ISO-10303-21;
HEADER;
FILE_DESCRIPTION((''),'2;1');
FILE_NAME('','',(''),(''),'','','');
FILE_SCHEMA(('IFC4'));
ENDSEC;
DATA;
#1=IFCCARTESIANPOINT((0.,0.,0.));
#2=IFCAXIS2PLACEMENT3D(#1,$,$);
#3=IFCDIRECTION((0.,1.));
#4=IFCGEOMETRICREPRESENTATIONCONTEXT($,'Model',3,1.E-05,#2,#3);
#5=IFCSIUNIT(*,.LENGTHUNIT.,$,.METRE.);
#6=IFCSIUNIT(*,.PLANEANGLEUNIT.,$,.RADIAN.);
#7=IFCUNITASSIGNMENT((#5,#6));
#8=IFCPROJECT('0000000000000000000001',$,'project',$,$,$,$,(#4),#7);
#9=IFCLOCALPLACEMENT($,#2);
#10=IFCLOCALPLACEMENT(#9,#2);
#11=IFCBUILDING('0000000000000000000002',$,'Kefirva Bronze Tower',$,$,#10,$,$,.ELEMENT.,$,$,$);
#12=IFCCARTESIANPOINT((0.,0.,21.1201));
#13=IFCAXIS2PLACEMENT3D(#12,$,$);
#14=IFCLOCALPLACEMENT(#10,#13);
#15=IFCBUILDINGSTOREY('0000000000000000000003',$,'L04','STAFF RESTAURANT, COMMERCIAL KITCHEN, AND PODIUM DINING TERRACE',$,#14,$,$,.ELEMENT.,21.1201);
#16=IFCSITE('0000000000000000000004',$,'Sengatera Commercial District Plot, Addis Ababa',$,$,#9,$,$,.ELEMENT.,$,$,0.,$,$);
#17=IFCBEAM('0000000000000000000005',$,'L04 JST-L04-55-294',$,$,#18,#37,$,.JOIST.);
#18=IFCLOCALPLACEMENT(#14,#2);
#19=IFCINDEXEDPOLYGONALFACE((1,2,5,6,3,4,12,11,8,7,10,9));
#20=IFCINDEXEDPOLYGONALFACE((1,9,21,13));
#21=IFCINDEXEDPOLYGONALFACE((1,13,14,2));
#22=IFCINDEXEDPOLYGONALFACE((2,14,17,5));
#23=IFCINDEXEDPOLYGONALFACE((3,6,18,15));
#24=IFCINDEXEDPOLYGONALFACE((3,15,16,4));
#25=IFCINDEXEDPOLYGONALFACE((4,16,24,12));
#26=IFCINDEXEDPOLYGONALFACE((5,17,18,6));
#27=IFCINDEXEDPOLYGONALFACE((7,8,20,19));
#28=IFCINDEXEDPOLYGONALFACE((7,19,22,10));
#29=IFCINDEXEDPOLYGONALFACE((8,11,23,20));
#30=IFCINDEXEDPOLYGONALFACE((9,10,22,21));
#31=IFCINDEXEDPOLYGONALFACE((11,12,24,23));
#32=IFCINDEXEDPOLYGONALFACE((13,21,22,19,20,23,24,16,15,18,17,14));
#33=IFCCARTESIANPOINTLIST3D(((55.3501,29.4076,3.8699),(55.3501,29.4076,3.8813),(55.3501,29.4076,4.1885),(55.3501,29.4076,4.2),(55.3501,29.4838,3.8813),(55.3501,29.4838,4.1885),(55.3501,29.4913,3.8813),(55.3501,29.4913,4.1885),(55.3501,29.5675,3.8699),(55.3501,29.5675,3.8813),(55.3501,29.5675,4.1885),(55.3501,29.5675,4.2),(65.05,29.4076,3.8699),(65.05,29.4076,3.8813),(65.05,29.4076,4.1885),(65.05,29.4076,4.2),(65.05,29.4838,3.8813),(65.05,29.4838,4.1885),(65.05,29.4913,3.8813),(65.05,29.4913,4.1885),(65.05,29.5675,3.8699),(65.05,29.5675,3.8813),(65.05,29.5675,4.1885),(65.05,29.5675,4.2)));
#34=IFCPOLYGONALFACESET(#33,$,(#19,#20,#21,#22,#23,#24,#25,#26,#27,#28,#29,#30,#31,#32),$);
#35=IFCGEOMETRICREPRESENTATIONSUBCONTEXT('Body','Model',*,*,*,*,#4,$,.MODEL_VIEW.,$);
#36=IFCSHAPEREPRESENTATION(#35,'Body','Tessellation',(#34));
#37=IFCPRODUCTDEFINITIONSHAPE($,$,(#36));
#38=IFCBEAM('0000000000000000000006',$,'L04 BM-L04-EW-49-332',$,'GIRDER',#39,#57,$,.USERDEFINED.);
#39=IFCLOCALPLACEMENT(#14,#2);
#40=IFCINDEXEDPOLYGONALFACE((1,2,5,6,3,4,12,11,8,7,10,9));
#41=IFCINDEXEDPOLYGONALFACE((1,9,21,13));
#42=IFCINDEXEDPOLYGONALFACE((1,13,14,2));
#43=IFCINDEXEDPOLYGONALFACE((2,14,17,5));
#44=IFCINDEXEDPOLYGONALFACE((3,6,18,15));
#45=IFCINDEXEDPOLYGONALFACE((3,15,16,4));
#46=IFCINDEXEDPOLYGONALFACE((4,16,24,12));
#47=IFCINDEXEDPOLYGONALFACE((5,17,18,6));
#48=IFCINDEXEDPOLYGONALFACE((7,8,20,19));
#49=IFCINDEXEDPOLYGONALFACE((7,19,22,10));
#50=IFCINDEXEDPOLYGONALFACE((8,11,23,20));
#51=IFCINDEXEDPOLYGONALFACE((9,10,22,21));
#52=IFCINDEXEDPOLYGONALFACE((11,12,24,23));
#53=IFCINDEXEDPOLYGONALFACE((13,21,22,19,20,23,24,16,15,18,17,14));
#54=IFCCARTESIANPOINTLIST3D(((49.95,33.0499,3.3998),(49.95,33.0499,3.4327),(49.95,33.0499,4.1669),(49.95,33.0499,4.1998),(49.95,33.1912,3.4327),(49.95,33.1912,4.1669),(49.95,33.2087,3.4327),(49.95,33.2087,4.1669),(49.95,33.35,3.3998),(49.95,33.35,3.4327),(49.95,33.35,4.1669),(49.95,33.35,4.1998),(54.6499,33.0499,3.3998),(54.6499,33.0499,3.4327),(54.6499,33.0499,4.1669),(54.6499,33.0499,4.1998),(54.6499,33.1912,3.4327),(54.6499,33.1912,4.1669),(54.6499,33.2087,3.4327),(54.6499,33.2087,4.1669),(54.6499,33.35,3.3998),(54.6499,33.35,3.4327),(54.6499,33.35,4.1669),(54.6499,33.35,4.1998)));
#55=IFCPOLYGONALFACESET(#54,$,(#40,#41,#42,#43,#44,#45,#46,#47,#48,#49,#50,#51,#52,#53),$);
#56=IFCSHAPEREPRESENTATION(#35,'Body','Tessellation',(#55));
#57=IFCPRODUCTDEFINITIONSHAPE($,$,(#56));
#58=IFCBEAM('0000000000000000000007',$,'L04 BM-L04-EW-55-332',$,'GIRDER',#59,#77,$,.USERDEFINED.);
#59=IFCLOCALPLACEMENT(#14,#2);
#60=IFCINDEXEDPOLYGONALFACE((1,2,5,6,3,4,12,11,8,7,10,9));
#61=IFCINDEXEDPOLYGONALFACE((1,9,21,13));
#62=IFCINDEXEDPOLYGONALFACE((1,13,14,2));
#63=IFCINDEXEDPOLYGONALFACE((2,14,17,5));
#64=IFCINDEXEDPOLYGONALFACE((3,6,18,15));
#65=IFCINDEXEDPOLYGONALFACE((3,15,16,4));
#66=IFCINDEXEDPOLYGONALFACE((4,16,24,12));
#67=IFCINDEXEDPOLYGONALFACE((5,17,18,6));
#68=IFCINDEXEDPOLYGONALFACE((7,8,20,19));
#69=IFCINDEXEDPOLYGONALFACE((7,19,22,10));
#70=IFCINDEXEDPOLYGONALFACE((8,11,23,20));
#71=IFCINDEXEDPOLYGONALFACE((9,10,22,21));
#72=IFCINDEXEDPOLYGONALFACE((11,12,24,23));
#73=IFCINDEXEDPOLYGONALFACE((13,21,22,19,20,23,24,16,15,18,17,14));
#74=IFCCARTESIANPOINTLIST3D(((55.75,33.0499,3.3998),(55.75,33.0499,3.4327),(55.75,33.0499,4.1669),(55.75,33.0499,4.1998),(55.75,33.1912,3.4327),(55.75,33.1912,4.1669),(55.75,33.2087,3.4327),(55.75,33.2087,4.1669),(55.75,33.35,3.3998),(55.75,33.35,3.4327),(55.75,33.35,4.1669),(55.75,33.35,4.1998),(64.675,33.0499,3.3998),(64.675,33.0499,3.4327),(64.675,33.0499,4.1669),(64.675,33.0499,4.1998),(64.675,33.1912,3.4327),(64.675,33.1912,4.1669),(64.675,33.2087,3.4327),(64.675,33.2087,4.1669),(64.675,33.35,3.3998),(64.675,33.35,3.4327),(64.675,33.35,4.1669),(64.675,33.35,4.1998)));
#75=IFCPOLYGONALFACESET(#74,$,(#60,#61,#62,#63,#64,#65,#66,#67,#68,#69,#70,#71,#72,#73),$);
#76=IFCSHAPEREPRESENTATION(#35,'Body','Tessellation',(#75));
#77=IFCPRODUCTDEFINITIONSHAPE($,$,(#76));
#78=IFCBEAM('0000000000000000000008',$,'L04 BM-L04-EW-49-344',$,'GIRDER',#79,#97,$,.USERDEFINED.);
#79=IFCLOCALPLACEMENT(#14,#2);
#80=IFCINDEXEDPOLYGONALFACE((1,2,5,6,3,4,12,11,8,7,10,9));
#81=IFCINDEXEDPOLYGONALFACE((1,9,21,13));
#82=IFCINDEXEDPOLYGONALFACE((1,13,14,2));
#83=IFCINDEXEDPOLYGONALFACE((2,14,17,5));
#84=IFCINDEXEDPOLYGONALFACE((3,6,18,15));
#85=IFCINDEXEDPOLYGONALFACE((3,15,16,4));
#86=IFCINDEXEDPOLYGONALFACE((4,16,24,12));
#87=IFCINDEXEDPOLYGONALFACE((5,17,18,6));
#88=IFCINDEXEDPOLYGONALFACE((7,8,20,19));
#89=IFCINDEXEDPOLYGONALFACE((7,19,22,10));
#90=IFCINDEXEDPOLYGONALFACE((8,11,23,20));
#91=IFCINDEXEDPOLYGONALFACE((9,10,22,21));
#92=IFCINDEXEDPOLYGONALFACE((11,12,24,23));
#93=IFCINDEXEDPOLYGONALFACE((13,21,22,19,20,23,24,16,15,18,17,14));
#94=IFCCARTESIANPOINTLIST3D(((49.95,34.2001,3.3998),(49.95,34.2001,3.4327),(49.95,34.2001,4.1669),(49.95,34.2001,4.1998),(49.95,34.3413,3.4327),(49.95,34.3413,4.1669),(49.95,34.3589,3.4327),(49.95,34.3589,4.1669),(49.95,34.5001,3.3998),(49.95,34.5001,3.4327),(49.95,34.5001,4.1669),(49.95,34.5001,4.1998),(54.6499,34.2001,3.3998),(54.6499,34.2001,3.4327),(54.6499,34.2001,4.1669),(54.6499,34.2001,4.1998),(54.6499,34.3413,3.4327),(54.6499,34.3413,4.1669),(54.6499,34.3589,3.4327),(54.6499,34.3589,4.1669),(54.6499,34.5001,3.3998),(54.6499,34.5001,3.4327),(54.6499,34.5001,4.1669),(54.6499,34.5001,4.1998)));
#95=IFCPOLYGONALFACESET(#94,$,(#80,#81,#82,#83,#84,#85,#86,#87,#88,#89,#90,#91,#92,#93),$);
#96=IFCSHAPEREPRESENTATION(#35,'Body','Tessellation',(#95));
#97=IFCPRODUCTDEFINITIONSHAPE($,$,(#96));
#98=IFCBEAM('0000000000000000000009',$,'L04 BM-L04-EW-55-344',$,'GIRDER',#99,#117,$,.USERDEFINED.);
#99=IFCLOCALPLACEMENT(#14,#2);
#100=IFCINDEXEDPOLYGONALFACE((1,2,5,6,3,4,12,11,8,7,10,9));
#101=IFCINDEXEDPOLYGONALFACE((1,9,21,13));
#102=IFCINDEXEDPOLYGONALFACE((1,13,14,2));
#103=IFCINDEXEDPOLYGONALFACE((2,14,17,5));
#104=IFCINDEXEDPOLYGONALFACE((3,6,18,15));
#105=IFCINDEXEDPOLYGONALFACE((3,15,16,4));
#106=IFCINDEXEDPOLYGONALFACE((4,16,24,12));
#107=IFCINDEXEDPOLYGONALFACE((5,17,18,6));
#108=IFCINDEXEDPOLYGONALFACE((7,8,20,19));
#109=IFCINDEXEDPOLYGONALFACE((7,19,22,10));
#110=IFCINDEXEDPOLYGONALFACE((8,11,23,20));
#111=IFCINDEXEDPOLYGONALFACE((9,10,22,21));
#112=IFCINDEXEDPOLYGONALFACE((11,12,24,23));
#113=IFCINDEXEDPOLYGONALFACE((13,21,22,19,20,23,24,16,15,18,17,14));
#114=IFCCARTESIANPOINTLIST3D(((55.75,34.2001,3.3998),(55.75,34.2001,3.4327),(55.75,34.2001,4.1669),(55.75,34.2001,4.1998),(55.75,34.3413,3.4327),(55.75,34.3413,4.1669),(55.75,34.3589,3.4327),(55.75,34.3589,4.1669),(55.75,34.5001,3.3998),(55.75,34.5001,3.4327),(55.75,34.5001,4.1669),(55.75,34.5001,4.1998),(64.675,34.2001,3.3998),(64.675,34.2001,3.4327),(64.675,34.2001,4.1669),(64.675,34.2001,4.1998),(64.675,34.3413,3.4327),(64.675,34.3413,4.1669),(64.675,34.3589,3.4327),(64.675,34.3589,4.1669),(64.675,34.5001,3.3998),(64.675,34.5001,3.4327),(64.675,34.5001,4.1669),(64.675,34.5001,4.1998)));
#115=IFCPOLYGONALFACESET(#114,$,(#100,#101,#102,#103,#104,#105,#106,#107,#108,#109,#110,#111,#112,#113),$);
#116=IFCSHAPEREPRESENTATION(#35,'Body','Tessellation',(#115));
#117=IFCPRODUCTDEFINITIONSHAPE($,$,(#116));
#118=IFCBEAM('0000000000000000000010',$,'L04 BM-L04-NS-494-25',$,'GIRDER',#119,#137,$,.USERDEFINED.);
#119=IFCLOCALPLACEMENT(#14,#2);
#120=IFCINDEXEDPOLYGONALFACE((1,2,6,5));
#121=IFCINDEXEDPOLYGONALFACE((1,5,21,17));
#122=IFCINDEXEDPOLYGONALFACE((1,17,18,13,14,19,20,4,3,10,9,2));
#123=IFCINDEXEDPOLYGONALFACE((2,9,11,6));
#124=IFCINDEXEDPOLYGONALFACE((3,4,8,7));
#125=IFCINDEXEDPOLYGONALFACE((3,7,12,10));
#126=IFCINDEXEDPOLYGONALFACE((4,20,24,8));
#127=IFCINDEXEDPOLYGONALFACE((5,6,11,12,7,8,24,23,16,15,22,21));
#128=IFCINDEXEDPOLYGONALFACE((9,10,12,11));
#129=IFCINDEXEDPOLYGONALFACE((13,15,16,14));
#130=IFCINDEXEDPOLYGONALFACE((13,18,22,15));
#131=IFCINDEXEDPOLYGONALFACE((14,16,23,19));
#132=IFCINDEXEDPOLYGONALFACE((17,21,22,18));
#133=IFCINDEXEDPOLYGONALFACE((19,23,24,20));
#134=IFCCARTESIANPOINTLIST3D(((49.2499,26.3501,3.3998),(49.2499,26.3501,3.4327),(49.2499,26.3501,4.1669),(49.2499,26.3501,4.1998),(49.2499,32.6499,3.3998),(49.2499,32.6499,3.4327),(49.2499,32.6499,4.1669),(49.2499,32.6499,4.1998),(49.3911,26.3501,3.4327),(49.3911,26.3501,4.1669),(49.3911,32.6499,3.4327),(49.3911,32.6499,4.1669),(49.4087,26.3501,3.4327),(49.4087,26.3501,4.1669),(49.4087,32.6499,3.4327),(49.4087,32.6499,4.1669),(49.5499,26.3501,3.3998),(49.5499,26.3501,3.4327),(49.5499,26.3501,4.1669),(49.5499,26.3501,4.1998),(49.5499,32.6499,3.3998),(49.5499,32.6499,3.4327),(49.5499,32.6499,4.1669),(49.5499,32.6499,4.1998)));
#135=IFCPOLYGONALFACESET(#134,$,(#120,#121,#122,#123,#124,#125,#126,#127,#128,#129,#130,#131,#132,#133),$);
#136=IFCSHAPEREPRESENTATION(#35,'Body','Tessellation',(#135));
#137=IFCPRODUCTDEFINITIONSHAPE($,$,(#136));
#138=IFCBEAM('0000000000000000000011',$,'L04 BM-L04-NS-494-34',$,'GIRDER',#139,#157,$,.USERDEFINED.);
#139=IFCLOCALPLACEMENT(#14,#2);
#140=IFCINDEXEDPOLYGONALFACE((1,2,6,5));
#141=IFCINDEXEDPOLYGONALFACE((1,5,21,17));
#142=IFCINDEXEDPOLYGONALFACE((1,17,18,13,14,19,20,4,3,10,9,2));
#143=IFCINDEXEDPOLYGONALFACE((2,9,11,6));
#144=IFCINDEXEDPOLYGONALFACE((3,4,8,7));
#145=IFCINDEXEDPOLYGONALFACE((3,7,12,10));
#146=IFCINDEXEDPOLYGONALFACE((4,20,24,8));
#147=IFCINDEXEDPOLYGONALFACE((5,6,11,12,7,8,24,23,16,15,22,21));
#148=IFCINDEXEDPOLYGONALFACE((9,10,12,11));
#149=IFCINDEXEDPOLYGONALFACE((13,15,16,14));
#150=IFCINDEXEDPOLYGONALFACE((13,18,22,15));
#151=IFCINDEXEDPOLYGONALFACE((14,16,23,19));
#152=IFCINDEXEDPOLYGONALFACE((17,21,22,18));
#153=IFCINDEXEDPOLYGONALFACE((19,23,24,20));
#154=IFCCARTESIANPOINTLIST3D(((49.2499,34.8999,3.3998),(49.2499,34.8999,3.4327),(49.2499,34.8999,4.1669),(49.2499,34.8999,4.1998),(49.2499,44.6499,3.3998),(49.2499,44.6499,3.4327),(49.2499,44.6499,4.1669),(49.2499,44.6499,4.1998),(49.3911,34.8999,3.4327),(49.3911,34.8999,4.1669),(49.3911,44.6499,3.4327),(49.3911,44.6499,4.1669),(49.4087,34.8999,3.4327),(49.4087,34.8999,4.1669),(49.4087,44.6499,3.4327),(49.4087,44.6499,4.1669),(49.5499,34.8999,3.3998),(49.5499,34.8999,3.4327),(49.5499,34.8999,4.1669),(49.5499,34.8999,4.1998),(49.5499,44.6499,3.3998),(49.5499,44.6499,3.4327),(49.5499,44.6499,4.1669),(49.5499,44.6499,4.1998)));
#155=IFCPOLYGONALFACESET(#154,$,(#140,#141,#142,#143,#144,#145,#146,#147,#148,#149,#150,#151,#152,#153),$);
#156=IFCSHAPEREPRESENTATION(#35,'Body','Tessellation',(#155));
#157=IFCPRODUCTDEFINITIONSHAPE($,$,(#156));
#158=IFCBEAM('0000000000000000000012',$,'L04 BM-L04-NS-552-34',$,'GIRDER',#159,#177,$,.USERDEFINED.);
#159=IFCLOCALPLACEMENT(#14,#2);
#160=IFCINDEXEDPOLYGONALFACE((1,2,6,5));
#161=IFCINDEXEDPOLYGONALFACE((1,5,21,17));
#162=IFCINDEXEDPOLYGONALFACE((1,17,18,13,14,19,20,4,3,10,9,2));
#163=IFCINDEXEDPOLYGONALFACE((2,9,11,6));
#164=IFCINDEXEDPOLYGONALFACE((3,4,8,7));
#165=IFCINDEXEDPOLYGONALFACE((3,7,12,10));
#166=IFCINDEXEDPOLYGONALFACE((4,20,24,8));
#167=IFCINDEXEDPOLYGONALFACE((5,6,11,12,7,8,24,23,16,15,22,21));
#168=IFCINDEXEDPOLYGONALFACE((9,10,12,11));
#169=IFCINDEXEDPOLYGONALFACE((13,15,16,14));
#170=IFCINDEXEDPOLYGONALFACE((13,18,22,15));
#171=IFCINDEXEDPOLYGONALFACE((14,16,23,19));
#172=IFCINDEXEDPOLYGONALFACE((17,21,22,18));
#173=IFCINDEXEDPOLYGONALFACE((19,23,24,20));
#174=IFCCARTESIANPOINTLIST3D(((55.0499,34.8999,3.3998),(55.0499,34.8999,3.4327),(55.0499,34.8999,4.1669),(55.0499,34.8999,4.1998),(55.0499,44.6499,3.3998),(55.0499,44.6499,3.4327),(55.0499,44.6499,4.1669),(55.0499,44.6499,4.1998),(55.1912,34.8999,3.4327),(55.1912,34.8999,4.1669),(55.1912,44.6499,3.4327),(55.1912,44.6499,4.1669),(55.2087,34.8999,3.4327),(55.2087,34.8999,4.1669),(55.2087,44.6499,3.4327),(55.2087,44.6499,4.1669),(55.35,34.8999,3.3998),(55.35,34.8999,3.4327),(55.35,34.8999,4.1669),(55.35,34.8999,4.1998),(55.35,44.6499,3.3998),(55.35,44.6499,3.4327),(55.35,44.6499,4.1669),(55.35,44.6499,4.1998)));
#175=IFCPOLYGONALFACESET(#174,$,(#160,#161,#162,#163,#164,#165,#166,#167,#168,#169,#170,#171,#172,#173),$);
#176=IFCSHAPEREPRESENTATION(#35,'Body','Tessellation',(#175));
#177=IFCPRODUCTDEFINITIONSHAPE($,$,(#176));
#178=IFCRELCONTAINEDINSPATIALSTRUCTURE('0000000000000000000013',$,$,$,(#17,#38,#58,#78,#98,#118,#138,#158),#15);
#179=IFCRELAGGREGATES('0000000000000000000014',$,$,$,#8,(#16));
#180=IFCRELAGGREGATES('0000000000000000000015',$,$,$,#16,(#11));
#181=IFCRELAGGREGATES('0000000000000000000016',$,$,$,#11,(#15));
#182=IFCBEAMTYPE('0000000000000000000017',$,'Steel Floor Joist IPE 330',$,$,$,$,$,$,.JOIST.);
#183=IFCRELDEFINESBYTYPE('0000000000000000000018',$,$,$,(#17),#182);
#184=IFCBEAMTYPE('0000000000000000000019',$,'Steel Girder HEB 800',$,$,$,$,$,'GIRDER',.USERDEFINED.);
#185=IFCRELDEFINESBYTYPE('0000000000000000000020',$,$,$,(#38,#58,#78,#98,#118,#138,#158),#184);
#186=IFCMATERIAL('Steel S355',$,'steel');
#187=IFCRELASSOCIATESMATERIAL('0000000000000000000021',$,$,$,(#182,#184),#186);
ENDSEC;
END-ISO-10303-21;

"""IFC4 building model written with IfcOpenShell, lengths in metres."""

from ifc_helpers import new_model, si_unit, direction, frame, origin, origin_2d, place, context, subcontext, project, spatial, i_section, extrude, material, material_profile, profile_set, type_object, element, save


model = new_model("IFC4")

# Units and contexts
model_context = context("Model", 3, precision=1e-05, world=origin(), true_north=direction((0.0, 1.0)))
body_context = subcontext(model_context, "Body", "Model", "MODEL_VIEW")
ifc_project = project(units=[si_unit("LENGTHUNIT", "METRE"), si_unit("PLANEANGLEUNIT", "RADIAN")], contexts=[model_context])

# Site, building, storey
site_placement = place(None, origin())
site = spatial("IfcSite", under=ifc_project, at=site_placement, Name="Sengatera Commercial District Plot, Addis Ababa", CompositionType="ELEMENT", RefElevation=0.0)
building_placement = place(site_placement, origin())
building = spatial("IfcBuilding", under=site, at=building_placement, Name="Kefirva Bronze Tower", CompositionType="ELEMENT")
storey_placement = place(building_placement, frame((0.0, 0.0, 21.1201)))
storey = spatial("IfcBuildingStorey", under=building, at=storey_placement, Name="L04", Description="STAFF RESTAURANT, COMMERCIAL KITCHEN, AND PODIUM DINING TERRACE", CompositionType="ELEMENT", Elevation=21.1201)

# Beams
ifc_material_1 = material(Name="Steel S355", Category="steel")
ifc_material_profile_1 = material_profile(ifc_material_1, i_section(OverallWidth=0.1599, OverallDepth=0.3301, WebThickness=0.0076, FlangeThickness=0.0115, at=origin_2d()), Name="IPE 330")
ifc_profile_set_1 = profile_set([ifc_material_profile_1], Name="Steel S355")
beam_type_1 = type_object("IfcBeamType", Name="Steel Floor Joist IPE 330", PredefinedType="JOIST", material=ifc_profile_set_1)
beam_1_placement = place(storey_placement, frame((55.3501, 29.4875, 4.0349), z_axis=(1.0, 0.0, 0.0), x_axis=(0.0, 1.0, 0.0)))
element("IfcBeam", 1, at=beam_1_placement, inside=storey, type_object=beam_type_1, Name="L04 JST-L04-55-294", PredefinedType="JOIST", context=body_context, shape_type="SweptSolid", body=[
    extrude(i_section(OverallWidth=0.1599, OverallDepth=0.3301, WebThickness=0.0076, FlangeThickness=0.0115, at=origin_2d()), origin(), (0.0, 0.0, 1.0), 9.7),
])
ifc_material_profile_2 = material_profile(ifc_material_1, i_section(OverallWidth=0.3, OverallDepth=0.8, WebThickness=0.0176, FlangeThickness=0.033, at=origin_2d()), Name="HEB 800")
ifc_profile_set_2 = profile_set([ifc_material_profile_2], Name="Steel S355")
beam_type_2 = type_object("IfcBeamType", Name="Steel Girder HEB 800", ElementType="GIRDER", PredefinedType="USERDEFINED", material=ifc_profile_set_2)
beam_2_placement = place(storey_placement, frame((49.95, 33.2, 3.7998), z_axis=(1.0, 0.0, 0.0), x_axis=(0.0, 1.0, 0.0)))
element("IfcBeam", 2, at=beam_2_placement, inside=storey, type_object=beam_type_2, Name="L04 BM-L04-EW-49-332", ObjectType="GIRDER", PredefinedType="USERDEFINED", context=body_context, shape_type="SweptSolid", body=[
    extrude(i_section(OverallWidth=0.3, OverallDepth=0.8, WebThickness=0.0176, FlangeThickness=0.033, at=origin_2d()), origin(), (0.0, 0.0, 1.0), 4.7),
])
beam_3_placement = place(storey_placement, frame((55.75, 33.2, 3.7998), z_axis=(1.0, 0.0, 0.0), x_axis=(0.0, 1.0, 0.0)))
element("IfcBeam", 3, at=beam_3_placement, inside=storey, type_object=beam_type_2, Name="L04 BM-L04-EW-55-332", ObjectType="GIRDER", PredefinedType="USERDEFINED", context=body_context, shape_type="SweptSolid", body=[
    extrude(i_section(OverallWidth=0.3, OverallDepth=0.8, WebThickness=0.0176, FlangeThickness=0.033, at=origin_2d()), origin(), (0.0, 0.0, 1.0), 8.925),
])
beam_4_placement = place(storey_placement, frame((49.95, 34.3501, 3.7998), z_axis=(1.0, 0.0, 0.0), x_axis=(0.0, 1.0, 0.0)))
element("IfcBeam", 4, at=beam_4_placement, inside=storey, type_object=beam_type_2, Name="L04 BM-L04-EW-49-344", ObjectType="GIRDER", PredefinedType="USERDEFINED", context=body_context, shape_type="SweptSolid", body=[
    extrude(i_section(OverallWidth=0.3, OverallDepth=0.8, WebThickness=0.0176, FlangeThickness=0.033, at=origin_2d()), origin(), (0.0, 0.0, 1.0), 4.7),
])
beam_5_placement = place(storey_placement, frame((55.75, 34.3501, 3.7998), z_axis=(1.0, 0.0, 0.0), x_axis=(0.0, 1.0, 0.0)))
element("IfcBeam", 5, at=beam_5_placement, inside=storey, type_object=beam_type_2, Name="L04 BM-L04-EW-55-344", ObjectType="GIRDER", PredefinedType="USERDEFINED", context=body_context, shape_type="SweptSolid", body=[
    extrude(i_section(OverallWidth=0.3, OverallDepth=0.8, WebThickness=0.0176, FlangeThickness=0.033, at=origin_2d()), origin(), (0.0, 0.0, 1.0), 8.925),
])
beam_6_placement = place(storey_placement, frame((49.3999, 26.3501, 3.7998), z_axis=(0.0, 1.0, 0.0), x_axis=(-1.0, 0.0, 0.0)))
element("IfcBeam", 6, at=beam_6_placement, inside=storey, type_object=beam_type_2, Name="L04 BM-L04-NS-494-25", ObjectType="GIRDER", PredefinedType="USERDEFINED", context=body_context, shape_type="SweptSolid", body=[
    extrude(i_section(OverallWidth=0.3, OverallDepth=0.8, WebThickness=0.0176, FlangeThickness=0.033, at=origin_2d()), origin(), (0.0, 0.0, 1.0), 6.2998),
])
for number, where, z_axis, x_axis, name in (
    (7, (49.3999, 34.8999, 3.7998), (0.0, 1.0, 0.0), (-1.0, 0.0, 0.0), "L04 BM-L04-NS-494-34"),
    (8, (55.2, 34.8999, 3.7998), (0.0, 1.0, 0.0), (-1.0, 0.0, 0.0), "L04 BM-L04-NS-552-34"),
):
    element("IfcBeam", number, at=place(storey_placement, frame(where, z_axis=z_axis, x_axis=x_axis)), inside=storey, type_object=beam_type_2, Name=name, ObjectType="GIRDER", PredefinedType="USERDEFINED", context=body_context, shape_type="SweptSolid", body=[
        extrude(i_section(OverallWidth=0.3, OverallDepth=0.8, WebThickness=0.0176, FlangeThickness=0.033, at=origin_2d()), origin(), (0.0, 0.0, 1.0), 9.75),
    ])

save(model, "model.ifc")
